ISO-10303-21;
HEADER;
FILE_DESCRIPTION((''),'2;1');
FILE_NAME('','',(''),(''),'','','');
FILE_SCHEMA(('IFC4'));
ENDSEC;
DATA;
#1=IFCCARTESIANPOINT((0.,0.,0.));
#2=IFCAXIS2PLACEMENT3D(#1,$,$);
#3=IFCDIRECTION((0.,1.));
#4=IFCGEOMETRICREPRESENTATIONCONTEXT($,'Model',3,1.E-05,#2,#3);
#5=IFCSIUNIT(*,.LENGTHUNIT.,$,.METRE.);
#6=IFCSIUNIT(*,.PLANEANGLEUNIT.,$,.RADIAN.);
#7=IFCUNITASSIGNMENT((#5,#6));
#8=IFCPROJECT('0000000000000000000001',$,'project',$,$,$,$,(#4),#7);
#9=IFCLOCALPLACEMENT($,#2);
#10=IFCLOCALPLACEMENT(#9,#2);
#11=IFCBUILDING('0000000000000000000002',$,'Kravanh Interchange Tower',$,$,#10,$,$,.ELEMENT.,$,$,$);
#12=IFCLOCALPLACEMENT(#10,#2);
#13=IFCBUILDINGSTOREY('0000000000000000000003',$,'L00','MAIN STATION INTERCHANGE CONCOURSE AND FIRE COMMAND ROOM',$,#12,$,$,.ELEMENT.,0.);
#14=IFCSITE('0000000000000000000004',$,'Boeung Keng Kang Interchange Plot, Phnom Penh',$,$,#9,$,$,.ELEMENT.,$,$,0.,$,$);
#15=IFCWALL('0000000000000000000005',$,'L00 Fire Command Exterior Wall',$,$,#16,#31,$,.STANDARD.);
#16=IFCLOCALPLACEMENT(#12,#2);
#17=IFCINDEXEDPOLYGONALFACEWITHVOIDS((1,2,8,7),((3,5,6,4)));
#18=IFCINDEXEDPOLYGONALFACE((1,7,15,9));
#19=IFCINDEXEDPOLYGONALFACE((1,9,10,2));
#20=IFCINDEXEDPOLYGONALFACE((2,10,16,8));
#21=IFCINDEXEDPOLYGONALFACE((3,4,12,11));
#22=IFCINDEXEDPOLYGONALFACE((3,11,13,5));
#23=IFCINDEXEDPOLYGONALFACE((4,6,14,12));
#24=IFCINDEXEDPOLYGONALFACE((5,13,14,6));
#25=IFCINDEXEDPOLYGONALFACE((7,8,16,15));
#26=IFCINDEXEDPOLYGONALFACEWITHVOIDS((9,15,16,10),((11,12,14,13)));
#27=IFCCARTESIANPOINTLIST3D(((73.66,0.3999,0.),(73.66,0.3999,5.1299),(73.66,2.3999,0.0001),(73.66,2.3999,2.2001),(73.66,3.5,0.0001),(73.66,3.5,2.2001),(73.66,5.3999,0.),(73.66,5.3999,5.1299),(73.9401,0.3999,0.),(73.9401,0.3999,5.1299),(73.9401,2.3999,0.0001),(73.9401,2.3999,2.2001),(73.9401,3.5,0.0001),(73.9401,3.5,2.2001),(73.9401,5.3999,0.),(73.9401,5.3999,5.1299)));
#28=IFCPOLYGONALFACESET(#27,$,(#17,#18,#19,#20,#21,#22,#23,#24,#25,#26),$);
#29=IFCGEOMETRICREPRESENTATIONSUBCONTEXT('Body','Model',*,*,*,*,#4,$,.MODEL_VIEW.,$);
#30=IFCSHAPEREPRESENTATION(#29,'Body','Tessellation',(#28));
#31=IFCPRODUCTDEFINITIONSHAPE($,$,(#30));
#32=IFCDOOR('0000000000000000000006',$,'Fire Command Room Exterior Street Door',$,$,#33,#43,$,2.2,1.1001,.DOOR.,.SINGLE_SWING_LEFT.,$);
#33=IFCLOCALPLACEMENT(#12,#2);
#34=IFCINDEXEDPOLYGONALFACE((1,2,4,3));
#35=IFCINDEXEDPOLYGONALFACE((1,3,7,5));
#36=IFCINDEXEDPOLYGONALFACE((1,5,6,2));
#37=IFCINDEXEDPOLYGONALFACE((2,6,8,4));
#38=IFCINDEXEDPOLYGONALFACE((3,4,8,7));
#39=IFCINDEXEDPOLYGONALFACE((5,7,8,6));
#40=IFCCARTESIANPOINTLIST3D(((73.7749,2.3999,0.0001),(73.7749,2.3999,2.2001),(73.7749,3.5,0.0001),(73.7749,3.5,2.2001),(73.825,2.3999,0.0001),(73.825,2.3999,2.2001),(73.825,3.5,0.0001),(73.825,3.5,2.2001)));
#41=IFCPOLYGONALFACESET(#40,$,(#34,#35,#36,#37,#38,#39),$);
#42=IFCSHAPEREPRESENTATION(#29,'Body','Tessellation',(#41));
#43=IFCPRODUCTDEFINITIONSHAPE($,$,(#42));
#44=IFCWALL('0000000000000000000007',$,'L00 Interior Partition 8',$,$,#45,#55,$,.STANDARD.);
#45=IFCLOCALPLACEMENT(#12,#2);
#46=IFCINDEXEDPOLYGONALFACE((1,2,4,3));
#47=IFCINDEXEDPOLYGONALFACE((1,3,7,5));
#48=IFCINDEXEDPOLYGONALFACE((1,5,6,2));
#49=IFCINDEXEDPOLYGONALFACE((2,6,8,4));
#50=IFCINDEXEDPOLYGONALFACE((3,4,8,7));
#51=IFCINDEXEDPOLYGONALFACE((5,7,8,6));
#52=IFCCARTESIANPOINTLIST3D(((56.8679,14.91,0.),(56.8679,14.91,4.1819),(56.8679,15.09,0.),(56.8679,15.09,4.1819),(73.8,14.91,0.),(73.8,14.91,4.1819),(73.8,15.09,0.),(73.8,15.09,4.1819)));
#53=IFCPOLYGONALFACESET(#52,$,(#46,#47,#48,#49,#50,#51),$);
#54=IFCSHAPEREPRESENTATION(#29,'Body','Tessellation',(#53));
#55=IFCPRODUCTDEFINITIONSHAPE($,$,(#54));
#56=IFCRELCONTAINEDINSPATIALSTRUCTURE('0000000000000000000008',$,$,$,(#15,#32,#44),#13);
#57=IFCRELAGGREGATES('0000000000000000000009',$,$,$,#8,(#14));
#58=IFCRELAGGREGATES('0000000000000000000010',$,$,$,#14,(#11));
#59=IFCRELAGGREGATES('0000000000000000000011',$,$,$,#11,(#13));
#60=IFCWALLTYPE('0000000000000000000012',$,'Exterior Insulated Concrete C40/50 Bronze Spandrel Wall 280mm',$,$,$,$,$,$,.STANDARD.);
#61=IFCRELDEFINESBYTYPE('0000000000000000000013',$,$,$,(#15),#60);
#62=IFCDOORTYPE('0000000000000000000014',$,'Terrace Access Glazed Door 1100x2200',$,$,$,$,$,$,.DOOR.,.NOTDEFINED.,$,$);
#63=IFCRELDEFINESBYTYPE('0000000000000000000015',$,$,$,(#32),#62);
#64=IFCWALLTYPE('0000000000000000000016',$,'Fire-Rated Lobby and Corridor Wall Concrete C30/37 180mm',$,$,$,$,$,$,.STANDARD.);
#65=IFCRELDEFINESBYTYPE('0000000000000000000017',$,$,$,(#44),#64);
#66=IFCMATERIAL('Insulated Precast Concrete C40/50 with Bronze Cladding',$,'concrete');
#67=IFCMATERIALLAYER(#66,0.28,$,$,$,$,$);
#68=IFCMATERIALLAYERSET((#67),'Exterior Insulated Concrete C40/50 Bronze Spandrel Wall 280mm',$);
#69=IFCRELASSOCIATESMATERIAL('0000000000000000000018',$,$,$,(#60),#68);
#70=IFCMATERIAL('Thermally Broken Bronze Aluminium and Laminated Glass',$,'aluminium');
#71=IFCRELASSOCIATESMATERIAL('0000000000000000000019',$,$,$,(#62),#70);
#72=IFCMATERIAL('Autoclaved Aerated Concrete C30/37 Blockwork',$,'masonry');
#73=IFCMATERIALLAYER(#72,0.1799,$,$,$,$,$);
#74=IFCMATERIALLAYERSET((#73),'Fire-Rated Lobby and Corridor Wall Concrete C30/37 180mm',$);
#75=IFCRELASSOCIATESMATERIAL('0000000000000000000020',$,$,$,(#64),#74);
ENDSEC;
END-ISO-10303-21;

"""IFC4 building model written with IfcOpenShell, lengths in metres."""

from ifc_helpers import new_model, si_unit, direction, frame, frame_2d, origin, place, context, subcontext, project, spatial, rectangle, extrude, material, layer, layer_set, type_object, element, fill, save


model = new_model("IFC4")

# Units and contexts
model_context = context("Model", 3, precision=1e-05, world=origin(), true_north=direction((0.0, 1.0)))
body_context = subcontext(model_context, "Body", "Model", "MODEL_VIEW")
ifc_project = project(units=[si_unit("LENGTHUNIT", "METRE"), si_unit("PLANEANGLEUNIT", "RADIAN")], contexts=[model_context])

# Site, building, storey
site_placement = place(None, origin())
site = spatial("IfcSite", under=ifc_project, at=site_placement, Name="Boeung Keng Kang Interchange Plot, Phnom Penh", CompositionType="ELEMENT", RefElevation=0.0)
building_placement = place(site_placement, origin())
building = spatial("IfcBuilding", under=site, at=building_placement, Name="Kravanh Interchange Tower", CompositionType="ELEMENT")
storey_placement = place(building_placement, origin())
storey = spatial("IfcBuildingStorey", under=building, at=storey_placement, Name="L00", Description="MAIN STATION INTERCHANGE CONCOURSE AND FIRE COMMAND ROOM", CompositionType="ELEMENT", Elevation=0.0)

# Wall, opening, door
ifc_material_1 = material(Name="Insulated Precast Concrete C40/50 with Bronze Cladding", Category="concrete")
ifc_layer_1 = layer(ifc_material_1, 0.28)
ifc_layer_set_1 = layer_set([ifc_layer_1], Name="Exterior Insulated Concrete C40/50 Bronze Spandrel Wall 280mm")
wall_type_1 = type_object("IfcWallType", Name="Exterior Insulated Concrete C40/50 Bronze Spandrel Wall 280mm", PredefinedType="STANDARD", material=ifc_layer_set_1)
wall_1_placement = place(storey_placement, frame((73.8, 5.3999, 0.0), z_axis=(0.0, 0.0, 1.0), x_axis=(0.0, -1.0, 0.0)))
wall_1 = element("IfcWall", 1, at=wall_1_placement, inside=storey, type_object=wall_type_1, Name="L00 Fire Command Exterior Wall", PredefinedType="STANDARD", context=body_context, shape_type="SweptSolid", body=[
    extrude(rectangle(XDim=5.0, YDim=0.28, at=frame_2d((2.5, 0.0))), origin(), (0.0, 0.0, 1.0), 5.1299),
])
opening_placement = place(wall_1_placement, frame((1.8999, 0.0, 0.0)))
opening = element("IfcOpeningElement", 2, at=opening_placement, cuts=wall_1, PredefinedType="OPENING", context=body_context, shape_type="SweptSolid", body=[
    extrude(rectangle(XDim=1.1001, YDim=2.2, at=frame_2d((0.55, 1.1001))), frame((0.0, 0.1499, 0.0), z_axis=(0.0, -1.0, 0.0), x_axis=(1.0, 0.0, 0.0)), (0.0, 0.0, 1.0), 0.3),
])
ifc_material_2 = material(Name="Thermally Broken Bronze Aluminium and Laminated Glass", Category="aluminium")
door_type = type_object("IfcDoorType", Name="Terrace Access Glazed Door 1100x2200", OperationType="NOTDEFINED", PredefinedType="DOOR", material=ifc_material_2)
door_placement = place(opening_placement, origin())
door = element("IfcDoor", 3, at=door_placement, inside=storey, type_object=door_type, Name="Fire Command Room Exterior Street Door", OperationType="SINGLE_SWING_LEFT", OverallHeight=2.2, OverallWidth=1.1001, PredefinedType="DOOR", context=body_context, shape_type="SweptSolid", body=[
    extrude(rectangle(XDim=1.1001, YDim=2.2, at=frame_2d((0.55, 1.1001))), frame((0.0, 0.0249, 0.0), z_axis=(0.0, -1.0, 0.0), x_axis=(1.0, 0.0, 0.0)), (0.0, 0.0, 1.0), 0.05),
])
fill(opening, door)

# Wall
ifc_material_3 = material(Name="Autoclaved Aerated Concrete C30/37 Blockwork", Category="masonry")
ifc_layer_2 = layer(ifc_material_3, 0.1799)
ifc_layer_set_2 = layer_set([ifc_layer_2], Name="Fire-Rated Lobby and Corridor Wall Concrete C30/37 180mm")
wall_type_2 = type_object("IfcWallType", Name="Fire-Rated Lobby and Corridor Wall Concrete C30/37 180mm", PredefinedType="STANDARD", material=ifc_layer_set_2)
wall_2_placement = place(storey_placement, frame((56.8679, 15.0, 0.0), z_axis=(0.0, 0.0, 1.0), x_axis=(1.0, 0.0, 0.0)))
element("IfcWall", 4, at=wall_2_placement, inside=storey, type_object=wall_type_2, Name="L00 Interior Partition 8", PredefinedType="STANDARD", context=body_context, shape_type="SweptSolid", body=[
    extrude(rectangle(XDim=16.9321, YDim=0.1799, at=frame_2d((8.4661, 0.0))), origin(), (0.0, 0.0, 1.0), 4.1819),
])

save(model, "model.ifc")
